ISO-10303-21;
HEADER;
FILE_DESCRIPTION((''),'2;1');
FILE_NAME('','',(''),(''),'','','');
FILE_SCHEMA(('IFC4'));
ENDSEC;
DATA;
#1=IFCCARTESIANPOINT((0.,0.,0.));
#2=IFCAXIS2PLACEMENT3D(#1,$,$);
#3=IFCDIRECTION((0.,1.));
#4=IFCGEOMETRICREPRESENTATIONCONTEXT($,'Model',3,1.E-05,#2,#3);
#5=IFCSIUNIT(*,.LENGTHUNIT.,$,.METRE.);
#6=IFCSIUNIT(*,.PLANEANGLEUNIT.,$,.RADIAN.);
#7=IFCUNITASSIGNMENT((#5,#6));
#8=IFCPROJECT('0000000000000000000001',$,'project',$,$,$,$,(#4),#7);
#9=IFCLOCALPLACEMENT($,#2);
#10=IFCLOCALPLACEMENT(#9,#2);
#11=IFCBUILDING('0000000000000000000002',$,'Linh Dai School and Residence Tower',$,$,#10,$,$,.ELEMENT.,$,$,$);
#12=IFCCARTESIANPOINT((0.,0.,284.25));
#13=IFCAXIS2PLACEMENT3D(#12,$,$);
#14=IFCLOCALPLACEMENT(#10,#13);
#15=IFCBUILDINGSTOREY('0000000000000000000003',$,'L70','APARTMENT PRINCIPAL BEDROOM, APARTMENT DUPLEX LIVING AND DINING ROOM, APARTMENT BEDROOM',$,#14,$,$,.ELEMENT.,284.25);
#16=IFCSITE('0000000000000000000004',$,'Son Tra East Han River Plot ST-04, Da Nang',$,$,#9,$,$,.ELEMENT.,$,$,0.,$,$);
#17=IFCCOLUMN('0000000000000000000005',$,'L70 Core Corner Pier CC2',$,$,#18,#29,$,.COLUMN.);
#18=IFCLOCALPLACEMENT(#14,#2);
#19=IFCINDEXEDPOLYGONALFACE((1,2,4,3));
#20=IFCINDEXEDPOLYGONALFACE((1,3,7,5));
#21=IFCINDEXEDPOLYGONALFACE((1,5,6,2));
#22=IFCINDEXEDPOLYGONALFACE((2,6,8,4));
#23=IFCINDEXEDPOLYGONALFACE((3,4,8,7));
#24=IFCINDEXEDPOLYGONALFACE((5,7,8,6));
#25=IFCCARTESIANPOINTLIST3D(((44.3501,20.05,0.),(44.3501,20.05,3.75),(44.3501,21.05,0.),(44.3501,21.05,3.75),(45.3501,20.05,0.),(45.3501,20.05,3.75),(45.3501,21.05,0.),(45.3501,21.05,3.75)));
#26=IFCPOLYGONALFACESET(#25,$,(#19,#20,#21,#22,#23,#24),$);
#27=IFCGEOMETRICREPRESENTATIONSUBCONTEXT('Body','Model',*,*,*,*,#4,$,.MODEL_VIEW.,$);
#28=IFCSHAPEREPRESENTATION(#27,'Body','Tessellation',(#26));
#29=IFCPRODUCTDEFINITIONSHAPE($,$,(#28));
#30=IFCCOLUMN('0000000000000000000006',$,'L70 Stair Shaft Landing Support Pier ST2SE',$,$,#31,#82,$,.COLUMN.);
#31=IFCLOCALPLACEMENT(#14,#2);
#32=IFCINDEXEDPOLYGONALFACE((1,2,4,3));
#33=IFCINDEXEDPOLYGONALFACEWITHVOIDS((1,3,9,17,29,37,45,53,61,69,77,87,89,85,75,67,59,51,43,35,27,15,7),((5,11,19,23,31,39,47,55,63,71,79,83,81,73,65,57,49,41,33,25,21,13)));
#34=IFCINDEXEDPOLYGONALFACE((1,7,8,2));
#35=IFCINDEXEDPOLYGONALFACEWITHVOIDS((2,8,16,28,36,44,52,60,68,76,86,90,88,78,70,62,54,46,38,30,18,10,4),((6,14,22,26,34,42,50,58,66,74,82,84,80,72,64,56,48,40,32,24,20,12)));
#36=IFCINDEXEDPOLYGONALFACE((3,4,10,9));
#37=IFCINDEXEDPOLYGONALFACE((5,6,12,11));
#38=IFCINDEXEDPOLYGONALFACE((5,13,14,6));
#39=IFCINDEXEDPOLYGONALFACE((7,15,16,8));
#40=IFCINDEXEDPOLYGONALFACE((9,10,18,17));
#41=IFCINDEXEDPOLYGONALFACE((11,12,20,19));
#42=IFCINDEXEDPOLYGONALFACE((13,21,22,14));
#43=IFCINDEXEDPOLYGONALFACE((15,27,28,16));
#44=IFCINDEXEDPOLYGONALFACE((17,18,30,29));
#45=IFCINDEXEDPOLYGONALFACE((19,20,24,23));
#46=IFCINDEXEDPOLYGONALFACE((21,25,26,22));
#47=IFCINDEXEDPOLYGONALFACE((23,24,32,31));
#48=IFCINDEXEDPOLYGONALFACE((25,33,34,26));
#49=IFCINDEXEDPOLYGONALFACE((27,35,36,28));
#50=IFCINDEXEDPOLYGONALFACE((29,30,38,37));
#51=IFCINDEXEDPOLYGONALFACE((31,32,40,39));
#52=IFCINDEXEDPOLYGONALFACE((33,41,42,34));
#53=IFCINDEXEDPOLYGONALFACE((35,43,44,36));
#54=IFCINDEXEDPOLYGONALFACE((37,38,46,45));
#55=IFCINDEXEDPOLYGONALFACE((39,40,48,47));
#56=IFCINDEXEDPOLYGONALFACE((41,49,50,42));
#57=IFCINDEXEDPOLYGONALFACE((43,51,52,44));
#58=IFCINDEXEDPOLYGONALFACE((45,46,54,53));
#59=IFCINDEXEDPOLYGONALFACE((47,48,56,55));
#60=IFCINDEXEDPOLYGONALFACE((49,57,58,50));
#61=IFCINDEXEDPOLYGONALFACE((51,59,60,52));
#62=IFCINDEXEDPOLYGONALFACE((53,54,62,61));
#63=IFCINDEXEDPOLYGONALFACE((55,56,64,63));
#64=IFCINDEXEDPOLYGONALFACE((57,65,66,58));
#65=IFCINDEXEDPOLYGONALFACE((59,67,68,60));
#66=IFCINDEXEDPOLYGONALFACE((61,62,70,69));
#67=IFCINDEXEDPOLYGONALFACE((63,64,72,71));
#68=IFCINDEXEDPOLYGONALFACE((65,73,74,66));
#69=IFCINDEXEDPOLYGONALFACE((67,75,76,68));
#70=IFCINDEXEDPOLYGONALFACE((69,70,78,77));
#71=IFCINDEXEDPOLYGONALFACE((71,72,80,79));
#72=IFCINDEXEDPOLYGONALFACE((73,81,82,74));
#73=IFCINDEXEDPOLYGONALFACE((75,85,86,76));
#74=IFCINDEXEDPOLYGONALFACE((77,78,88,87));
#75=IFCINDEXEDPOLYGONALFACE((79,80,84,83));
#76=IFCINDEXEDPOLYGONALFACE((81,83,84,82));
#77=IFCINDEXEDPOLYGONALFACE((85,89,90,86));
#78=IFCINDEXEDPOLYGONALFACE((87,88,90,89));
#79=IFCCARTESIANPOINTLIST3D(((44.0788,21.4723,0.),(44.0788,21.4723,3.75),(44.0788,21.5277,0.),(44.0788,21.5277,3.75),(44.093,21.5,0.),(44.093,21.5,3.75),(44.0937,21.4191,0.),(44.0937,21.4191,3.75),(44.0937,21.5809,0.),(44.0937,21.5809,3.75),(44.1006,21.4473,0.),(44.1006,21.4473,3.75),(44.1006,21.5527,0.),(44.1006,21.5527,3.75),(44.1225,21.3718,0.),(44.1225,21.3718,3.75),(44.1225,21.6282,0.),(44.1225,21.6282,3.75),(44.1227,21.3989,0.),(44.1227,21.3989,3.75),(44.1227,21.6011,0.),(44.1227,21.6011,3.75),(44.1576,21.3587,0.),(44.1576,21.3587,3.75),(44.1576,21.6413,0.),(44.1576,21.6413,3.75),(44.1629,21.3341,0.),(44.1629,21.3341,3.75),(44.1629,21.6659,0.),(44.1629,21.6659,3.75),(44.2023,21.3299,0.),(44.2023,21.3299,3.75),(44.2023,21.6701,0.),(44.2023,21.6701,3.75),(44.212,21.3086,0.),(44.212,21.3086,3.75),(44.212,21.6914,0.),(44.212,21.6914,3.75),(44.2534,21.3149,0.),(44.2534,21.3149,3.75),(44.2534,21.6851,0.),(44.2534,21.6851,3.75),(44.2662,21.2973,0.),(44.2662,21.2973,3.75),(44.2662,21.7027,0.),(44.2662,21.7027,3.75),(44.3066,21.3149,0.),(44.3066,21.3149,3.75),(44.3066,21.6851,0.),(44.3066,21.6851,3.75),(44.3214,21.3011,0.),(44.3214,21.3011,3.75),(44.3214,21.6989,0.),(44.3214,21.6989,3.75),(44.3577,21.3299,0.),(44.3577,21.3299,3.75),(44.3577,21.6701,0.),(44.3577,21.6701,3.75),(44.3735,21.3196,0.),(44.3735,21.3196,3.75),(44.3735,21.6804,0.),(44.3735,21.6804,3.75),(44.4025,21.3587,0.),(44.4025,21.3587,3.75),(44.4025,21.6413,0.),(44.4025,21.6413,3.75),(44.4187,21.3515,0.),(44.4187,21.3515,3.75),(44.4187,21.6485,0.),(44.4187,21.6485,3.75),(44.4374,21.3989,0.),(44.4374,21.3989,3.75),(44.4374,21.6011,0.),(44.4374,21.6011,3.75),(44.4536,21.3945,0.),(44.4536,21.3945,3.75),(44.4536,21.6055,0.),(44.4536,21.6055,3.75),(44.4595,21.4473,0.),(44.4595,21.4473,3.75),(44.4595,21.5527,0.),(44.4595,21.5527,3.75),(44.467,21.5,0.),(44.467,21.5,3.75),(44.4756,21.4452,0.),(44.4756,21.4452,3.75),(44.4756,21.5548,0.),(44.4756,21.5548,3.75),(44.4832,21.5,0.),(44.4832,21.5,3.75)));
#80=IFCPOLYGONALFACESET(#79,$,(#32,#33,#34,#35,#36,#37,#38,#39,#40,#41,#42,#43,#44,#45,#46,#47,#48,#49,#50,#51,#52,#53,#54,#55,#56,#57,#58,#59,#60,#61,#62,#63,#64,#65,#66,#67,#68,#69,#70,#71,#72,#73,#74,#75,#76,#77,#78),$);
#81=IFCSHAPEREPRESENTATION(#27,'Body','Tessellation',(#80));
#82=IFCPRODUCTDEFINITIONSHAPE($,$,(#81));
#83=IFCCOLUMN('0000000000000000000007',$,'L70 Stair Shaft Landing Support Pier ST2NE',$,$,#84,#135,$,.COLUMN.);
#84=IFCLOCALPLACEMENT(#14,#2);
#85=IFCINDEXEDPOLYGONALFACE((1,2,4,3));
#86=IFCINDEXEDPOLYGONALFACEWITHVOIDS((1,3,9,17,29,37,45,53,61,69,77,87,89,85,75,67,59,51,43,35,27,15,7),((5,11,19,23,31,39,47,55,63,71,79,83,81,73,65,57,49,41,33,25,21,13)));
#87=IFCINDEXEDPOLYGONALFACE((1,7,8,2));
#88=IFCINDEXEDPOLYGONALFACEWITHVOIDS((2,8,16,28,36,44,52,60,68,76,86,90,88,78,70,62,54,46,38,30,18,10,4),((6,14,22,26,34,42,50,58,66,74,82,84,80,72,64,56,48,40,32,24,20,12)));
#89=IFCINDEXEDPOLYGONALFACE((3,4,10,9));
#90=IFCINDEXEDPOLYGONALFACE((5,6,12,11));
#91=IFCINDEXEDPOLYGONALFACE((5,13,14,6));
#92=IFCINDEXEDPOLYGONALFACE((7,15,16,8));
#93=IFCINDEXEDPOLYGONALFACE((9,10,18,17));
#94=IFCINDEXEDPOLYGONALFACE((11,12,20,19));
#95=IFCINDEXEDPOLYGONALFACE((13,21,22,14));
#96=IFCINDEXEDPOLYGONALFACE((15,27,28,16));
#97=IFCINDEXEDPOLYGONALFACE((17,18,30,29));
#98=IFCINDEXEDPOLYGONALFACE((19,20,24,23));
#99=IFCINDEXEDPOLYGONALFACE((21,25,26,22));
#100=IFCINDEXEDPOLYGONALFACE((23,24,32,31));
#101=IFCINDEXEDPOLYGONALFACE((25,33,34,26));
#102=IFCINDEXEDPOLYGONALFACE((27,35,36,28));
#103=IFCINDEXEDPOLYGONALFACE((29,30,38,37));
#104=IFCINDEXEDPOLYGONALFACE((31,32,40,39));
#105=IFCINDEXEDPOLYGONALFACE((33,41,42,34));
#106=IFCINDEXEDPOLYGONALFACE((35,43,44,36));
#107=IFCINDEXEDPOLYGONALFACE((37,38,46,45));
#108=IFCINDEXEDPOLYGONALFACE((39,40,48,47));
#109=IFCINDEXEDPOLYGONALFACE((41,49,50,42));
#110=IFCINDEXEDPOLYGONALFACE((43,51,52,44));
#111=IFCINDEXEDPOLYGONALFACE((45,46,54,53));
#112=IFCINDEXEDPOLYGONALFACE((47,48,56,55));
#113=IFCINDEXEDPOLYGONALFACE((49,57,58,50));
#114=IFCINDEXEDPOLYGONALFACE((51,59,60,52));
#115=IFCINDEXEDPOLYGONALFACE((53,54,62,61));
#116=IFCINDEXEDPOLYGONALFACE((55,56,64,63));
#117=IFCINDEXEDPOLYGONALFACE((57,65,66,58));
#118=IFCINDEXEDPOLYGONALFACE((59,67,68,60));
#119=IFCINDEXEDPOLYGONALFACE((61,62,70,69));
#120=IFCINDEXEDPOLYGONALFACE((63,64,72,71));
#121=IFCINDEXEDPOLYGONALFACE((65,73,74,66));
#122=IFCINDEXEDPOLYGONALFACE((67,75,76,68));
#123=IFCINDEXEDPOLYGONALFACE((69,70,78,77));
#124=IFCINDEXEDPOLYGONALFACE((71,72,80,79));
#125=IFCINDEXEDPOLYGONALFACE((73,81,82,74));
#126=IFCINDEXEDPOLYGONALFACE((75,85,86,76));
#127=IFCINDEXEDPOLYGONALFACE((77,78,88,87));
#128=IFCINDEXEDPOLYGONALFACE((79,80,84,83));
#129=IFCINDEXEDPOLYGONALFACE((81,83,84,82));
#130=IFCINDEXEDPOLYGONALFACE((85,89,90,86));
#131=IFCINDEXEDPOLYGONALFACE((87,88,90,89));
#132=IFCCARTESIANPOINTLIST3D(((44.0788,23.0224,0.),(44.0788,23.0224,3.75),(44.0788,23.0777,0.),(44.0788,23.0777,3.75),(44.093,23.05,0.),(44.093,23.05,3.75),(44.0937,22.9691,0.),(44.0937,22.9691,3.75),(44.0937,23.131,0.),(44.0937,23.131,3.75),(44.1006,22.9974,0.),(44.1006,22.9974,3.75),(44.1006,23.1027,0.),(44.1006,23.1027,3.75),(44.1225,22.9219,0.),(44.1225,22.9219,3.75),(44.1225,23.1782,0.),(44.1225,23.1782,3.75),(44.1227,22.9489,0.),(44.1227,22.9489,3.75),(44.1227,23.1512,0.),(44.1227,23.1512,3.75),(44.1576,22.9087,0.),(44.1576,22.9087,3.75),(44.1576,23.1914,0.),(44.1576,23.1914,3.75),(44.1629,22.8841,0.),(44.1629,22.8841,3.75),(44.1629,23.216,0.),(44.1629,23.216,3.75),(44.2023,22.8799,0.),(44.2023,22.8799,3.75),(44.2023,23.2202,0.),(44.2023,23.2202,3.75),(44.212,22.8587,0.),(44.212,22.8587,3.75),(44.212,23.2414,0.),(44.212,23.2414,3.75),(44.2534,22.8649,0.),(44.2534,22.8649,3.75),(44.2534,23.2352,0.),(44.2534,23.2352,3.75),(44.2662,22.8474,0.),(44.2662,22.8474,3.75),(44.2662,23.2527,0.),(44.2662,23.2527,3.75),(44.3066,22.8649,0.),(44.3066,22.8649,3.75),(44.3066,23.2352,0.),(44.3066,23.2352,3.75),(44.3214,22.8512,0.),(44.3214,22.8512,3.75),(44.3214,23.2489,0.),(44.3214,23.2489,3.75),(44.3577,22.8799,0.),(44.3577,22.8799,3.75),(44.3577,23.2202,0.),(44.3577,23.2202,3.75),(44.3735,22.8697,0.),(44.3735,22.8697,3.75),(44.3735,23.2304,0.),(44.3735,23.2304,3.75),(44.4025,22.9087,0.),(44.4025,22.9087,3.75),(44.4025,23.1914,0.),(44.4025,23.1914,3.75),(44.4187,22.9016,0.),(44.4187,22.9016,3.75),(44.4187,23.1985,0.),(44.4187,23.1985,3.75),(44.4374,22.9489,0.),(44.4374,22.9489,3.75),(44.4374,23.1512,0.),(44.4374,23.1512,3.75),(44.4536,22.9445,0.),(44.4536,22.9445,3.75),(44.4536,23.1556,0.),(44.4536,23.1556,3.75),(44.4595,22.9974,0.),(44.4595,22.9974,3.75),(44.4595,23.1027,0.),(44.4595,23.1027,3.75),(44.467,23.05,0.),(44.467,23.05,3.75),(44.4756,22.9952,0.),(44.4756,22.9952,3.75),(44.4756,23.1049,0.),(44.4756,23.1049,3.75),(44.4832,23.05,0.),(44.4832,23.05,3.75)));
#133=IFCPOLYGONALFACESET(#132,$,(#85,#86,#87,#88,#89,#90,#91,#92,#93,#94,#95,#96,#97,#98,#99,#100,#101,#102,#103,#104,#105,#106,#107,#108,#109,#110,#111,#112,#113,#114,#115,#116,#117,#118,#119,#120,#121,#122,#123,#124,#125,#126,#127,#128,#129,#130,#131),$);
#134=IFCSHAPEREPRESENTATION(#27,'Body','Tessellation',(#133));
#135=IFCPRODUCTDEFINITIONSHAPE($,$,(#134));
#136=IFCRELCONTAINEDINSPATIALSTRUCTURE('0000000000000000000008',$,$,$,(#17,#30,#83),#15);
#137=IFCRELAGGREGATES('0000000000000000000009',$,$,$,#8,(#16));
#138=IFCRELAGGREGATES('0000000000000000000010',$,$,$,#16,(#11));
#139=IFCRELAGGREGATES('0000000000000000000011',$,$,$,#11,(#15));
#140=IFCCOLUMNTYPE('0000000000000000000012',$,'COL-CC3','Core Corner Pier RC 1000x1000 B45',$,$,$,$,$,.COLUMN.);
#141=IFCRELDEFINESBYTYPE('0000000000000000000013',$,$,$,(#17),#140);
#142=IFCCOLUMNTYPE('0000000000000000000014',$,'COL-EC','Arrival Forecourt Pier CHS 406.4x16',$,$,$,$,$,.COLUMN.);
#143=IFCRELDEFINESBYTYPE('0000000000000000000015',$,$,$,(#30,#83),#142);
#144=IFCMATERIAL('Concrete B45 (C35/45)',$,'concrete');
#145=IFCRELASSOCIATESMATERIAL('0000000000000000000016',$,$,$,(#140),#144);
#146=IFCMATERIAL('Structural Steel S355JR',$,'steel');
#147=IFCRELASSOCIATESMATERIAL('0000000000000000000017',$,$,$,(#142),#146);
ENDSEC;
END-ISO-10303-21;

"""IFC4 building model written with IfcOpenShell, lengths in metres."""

from ifc_helpers import new_model, si_unit, direction, frame, origin, origin_2d, place, context, subcontext, project, spatial, rectangle, hollow_circle, extrude, material, material_profile, profile_set, type_object, element, save


model = new_model("IFC4")

# Units and contexts
model_context = context("Model", 3, precision=1e-05, world=origin(), true_north=direction((0.0, 1.0)))
body_context = subcontext(model_context, "Body", "Model", "MODEL_VIEW")
ifc_project = project(units=[si_unit("LENGTHUNIT", "METRE"), si_unit("PLANEANGLEUNIT", "RADIAN")], contexts=[model_context])

# Site, building, storey
site_placement = place(None, origin())
site = spatial("IfcSite", under=ifc_project, at=site_placement, Name="Son Tra East Han River Plot ST-04, Da Nang", CompositionType="ELEMENT", RefElevation=0.0)
building_placement = place(site_placement, origin())
building = spatial("IfcBuilding", under=site, at=building_placement, Name="Linh Dai School and Residence Tower", CompositionType="ELEMENT")
storey_placement = place(building_placement, frame((0.0, 0.0, 284.25)))
storey = spatial("IfcBuildingStorey", under=building, at=storey_placement, Name="L70", Description="APARTMENT PRINCIPAL BEDROOM, APARTMENT DUPLEX LIVING AND DINING ROOM, APARTMENT BEDROOM", CompositionType="ELEMENT", Elevation=284.25)

# Columns
ifc_material_1 = material(Name="Concrete B45 (C35/45)", Category="concrete")
ifc_material_profile_1 = material_profile(ifc_material_1, rectangle(XDim=1.0, YDim=1.0, at=origin_2d()), Name="RC 1000x1000")
ifc_profile_set_1 = profile_set([ifc_material_profile_1], Name="Concrete B45 (C35/45)")
column_type_1 = type_object("IfcColumnType", Name="COL-CC3", Description="Core Corner Pier RC 1000x1000 B45", PredefinedType="COLUMN", material=ifc_profile_set_1)
column_1_placement = place(storey_placement, frame((44.8501, 20.55, 0.0), z_axis=(0.0, 0.0, 1.0), x_axis=(1.0, 0.0, 0.0)))
element("IfcColumn", 1, at=column_1_placement, inside=storey, type_object=column_type_1, Name="L70 Core Corner Pier CC2", PredefinedType="COLUMN", context=body_context, shape_type="SweptSolid", body=[
    extrude(rectangle(XDim=1.0, YDim=1.0, at=origin_2d()), origin(), (0.0, 0.0, 1.0), 3.75),
])
ifc_material_2 = material(Name="Structural Steel S355JR", Category="steel")
ifc_material_profile_2 = material_profile(ifc_material_2, hollow_circle(Radius=0.2031, WallThickness=0.0161, at=origin_2d()), Name="CHS 406.4x16")
ifc_profile_set_2 = profile_set([ifc_material_profile_2], Name="Structural Steel S355JR")
column_type_2 = type_object("IfcColumnType", Name="COL-EC", Description="Arrival Forecourt Pier CHS 406.4x16", PredefinedType="COLUMN", material=ifc_profile_set_2)
for number, where, z_axis, x_axis, name in (
    (2, (44.28, 21.5, 0.0), (0.0, 0.0, 1.0), (1.0, 0.0, 0.0), "L70 Stair Shaft Landing Support Pier ST2SE"),
    (3, (44.28, 23.05, 0.0), (0.0, 0.0, 1.0), (1.0, 0.0, 0.0), "L70 Stair Shaft Landing Support Pier ST2NE"),
):
    element("IfcColumn", number, at=place(storey_placement, frame(where, z_axis=z_axis, x_axis=x_axis)), inside=storey, type_object=column_type_2, Name=name, PredefinedType="COLUMN", context=body_context, shape_type="SweptSolid", body=[
        extrude(hollow_circle(Radius=0.2031, WallThickness=0.0161, at=origin_2d()), origin(), (0.0, 0.0, 1.0), 3.75),
    ])

save(model, "model.ifc")
